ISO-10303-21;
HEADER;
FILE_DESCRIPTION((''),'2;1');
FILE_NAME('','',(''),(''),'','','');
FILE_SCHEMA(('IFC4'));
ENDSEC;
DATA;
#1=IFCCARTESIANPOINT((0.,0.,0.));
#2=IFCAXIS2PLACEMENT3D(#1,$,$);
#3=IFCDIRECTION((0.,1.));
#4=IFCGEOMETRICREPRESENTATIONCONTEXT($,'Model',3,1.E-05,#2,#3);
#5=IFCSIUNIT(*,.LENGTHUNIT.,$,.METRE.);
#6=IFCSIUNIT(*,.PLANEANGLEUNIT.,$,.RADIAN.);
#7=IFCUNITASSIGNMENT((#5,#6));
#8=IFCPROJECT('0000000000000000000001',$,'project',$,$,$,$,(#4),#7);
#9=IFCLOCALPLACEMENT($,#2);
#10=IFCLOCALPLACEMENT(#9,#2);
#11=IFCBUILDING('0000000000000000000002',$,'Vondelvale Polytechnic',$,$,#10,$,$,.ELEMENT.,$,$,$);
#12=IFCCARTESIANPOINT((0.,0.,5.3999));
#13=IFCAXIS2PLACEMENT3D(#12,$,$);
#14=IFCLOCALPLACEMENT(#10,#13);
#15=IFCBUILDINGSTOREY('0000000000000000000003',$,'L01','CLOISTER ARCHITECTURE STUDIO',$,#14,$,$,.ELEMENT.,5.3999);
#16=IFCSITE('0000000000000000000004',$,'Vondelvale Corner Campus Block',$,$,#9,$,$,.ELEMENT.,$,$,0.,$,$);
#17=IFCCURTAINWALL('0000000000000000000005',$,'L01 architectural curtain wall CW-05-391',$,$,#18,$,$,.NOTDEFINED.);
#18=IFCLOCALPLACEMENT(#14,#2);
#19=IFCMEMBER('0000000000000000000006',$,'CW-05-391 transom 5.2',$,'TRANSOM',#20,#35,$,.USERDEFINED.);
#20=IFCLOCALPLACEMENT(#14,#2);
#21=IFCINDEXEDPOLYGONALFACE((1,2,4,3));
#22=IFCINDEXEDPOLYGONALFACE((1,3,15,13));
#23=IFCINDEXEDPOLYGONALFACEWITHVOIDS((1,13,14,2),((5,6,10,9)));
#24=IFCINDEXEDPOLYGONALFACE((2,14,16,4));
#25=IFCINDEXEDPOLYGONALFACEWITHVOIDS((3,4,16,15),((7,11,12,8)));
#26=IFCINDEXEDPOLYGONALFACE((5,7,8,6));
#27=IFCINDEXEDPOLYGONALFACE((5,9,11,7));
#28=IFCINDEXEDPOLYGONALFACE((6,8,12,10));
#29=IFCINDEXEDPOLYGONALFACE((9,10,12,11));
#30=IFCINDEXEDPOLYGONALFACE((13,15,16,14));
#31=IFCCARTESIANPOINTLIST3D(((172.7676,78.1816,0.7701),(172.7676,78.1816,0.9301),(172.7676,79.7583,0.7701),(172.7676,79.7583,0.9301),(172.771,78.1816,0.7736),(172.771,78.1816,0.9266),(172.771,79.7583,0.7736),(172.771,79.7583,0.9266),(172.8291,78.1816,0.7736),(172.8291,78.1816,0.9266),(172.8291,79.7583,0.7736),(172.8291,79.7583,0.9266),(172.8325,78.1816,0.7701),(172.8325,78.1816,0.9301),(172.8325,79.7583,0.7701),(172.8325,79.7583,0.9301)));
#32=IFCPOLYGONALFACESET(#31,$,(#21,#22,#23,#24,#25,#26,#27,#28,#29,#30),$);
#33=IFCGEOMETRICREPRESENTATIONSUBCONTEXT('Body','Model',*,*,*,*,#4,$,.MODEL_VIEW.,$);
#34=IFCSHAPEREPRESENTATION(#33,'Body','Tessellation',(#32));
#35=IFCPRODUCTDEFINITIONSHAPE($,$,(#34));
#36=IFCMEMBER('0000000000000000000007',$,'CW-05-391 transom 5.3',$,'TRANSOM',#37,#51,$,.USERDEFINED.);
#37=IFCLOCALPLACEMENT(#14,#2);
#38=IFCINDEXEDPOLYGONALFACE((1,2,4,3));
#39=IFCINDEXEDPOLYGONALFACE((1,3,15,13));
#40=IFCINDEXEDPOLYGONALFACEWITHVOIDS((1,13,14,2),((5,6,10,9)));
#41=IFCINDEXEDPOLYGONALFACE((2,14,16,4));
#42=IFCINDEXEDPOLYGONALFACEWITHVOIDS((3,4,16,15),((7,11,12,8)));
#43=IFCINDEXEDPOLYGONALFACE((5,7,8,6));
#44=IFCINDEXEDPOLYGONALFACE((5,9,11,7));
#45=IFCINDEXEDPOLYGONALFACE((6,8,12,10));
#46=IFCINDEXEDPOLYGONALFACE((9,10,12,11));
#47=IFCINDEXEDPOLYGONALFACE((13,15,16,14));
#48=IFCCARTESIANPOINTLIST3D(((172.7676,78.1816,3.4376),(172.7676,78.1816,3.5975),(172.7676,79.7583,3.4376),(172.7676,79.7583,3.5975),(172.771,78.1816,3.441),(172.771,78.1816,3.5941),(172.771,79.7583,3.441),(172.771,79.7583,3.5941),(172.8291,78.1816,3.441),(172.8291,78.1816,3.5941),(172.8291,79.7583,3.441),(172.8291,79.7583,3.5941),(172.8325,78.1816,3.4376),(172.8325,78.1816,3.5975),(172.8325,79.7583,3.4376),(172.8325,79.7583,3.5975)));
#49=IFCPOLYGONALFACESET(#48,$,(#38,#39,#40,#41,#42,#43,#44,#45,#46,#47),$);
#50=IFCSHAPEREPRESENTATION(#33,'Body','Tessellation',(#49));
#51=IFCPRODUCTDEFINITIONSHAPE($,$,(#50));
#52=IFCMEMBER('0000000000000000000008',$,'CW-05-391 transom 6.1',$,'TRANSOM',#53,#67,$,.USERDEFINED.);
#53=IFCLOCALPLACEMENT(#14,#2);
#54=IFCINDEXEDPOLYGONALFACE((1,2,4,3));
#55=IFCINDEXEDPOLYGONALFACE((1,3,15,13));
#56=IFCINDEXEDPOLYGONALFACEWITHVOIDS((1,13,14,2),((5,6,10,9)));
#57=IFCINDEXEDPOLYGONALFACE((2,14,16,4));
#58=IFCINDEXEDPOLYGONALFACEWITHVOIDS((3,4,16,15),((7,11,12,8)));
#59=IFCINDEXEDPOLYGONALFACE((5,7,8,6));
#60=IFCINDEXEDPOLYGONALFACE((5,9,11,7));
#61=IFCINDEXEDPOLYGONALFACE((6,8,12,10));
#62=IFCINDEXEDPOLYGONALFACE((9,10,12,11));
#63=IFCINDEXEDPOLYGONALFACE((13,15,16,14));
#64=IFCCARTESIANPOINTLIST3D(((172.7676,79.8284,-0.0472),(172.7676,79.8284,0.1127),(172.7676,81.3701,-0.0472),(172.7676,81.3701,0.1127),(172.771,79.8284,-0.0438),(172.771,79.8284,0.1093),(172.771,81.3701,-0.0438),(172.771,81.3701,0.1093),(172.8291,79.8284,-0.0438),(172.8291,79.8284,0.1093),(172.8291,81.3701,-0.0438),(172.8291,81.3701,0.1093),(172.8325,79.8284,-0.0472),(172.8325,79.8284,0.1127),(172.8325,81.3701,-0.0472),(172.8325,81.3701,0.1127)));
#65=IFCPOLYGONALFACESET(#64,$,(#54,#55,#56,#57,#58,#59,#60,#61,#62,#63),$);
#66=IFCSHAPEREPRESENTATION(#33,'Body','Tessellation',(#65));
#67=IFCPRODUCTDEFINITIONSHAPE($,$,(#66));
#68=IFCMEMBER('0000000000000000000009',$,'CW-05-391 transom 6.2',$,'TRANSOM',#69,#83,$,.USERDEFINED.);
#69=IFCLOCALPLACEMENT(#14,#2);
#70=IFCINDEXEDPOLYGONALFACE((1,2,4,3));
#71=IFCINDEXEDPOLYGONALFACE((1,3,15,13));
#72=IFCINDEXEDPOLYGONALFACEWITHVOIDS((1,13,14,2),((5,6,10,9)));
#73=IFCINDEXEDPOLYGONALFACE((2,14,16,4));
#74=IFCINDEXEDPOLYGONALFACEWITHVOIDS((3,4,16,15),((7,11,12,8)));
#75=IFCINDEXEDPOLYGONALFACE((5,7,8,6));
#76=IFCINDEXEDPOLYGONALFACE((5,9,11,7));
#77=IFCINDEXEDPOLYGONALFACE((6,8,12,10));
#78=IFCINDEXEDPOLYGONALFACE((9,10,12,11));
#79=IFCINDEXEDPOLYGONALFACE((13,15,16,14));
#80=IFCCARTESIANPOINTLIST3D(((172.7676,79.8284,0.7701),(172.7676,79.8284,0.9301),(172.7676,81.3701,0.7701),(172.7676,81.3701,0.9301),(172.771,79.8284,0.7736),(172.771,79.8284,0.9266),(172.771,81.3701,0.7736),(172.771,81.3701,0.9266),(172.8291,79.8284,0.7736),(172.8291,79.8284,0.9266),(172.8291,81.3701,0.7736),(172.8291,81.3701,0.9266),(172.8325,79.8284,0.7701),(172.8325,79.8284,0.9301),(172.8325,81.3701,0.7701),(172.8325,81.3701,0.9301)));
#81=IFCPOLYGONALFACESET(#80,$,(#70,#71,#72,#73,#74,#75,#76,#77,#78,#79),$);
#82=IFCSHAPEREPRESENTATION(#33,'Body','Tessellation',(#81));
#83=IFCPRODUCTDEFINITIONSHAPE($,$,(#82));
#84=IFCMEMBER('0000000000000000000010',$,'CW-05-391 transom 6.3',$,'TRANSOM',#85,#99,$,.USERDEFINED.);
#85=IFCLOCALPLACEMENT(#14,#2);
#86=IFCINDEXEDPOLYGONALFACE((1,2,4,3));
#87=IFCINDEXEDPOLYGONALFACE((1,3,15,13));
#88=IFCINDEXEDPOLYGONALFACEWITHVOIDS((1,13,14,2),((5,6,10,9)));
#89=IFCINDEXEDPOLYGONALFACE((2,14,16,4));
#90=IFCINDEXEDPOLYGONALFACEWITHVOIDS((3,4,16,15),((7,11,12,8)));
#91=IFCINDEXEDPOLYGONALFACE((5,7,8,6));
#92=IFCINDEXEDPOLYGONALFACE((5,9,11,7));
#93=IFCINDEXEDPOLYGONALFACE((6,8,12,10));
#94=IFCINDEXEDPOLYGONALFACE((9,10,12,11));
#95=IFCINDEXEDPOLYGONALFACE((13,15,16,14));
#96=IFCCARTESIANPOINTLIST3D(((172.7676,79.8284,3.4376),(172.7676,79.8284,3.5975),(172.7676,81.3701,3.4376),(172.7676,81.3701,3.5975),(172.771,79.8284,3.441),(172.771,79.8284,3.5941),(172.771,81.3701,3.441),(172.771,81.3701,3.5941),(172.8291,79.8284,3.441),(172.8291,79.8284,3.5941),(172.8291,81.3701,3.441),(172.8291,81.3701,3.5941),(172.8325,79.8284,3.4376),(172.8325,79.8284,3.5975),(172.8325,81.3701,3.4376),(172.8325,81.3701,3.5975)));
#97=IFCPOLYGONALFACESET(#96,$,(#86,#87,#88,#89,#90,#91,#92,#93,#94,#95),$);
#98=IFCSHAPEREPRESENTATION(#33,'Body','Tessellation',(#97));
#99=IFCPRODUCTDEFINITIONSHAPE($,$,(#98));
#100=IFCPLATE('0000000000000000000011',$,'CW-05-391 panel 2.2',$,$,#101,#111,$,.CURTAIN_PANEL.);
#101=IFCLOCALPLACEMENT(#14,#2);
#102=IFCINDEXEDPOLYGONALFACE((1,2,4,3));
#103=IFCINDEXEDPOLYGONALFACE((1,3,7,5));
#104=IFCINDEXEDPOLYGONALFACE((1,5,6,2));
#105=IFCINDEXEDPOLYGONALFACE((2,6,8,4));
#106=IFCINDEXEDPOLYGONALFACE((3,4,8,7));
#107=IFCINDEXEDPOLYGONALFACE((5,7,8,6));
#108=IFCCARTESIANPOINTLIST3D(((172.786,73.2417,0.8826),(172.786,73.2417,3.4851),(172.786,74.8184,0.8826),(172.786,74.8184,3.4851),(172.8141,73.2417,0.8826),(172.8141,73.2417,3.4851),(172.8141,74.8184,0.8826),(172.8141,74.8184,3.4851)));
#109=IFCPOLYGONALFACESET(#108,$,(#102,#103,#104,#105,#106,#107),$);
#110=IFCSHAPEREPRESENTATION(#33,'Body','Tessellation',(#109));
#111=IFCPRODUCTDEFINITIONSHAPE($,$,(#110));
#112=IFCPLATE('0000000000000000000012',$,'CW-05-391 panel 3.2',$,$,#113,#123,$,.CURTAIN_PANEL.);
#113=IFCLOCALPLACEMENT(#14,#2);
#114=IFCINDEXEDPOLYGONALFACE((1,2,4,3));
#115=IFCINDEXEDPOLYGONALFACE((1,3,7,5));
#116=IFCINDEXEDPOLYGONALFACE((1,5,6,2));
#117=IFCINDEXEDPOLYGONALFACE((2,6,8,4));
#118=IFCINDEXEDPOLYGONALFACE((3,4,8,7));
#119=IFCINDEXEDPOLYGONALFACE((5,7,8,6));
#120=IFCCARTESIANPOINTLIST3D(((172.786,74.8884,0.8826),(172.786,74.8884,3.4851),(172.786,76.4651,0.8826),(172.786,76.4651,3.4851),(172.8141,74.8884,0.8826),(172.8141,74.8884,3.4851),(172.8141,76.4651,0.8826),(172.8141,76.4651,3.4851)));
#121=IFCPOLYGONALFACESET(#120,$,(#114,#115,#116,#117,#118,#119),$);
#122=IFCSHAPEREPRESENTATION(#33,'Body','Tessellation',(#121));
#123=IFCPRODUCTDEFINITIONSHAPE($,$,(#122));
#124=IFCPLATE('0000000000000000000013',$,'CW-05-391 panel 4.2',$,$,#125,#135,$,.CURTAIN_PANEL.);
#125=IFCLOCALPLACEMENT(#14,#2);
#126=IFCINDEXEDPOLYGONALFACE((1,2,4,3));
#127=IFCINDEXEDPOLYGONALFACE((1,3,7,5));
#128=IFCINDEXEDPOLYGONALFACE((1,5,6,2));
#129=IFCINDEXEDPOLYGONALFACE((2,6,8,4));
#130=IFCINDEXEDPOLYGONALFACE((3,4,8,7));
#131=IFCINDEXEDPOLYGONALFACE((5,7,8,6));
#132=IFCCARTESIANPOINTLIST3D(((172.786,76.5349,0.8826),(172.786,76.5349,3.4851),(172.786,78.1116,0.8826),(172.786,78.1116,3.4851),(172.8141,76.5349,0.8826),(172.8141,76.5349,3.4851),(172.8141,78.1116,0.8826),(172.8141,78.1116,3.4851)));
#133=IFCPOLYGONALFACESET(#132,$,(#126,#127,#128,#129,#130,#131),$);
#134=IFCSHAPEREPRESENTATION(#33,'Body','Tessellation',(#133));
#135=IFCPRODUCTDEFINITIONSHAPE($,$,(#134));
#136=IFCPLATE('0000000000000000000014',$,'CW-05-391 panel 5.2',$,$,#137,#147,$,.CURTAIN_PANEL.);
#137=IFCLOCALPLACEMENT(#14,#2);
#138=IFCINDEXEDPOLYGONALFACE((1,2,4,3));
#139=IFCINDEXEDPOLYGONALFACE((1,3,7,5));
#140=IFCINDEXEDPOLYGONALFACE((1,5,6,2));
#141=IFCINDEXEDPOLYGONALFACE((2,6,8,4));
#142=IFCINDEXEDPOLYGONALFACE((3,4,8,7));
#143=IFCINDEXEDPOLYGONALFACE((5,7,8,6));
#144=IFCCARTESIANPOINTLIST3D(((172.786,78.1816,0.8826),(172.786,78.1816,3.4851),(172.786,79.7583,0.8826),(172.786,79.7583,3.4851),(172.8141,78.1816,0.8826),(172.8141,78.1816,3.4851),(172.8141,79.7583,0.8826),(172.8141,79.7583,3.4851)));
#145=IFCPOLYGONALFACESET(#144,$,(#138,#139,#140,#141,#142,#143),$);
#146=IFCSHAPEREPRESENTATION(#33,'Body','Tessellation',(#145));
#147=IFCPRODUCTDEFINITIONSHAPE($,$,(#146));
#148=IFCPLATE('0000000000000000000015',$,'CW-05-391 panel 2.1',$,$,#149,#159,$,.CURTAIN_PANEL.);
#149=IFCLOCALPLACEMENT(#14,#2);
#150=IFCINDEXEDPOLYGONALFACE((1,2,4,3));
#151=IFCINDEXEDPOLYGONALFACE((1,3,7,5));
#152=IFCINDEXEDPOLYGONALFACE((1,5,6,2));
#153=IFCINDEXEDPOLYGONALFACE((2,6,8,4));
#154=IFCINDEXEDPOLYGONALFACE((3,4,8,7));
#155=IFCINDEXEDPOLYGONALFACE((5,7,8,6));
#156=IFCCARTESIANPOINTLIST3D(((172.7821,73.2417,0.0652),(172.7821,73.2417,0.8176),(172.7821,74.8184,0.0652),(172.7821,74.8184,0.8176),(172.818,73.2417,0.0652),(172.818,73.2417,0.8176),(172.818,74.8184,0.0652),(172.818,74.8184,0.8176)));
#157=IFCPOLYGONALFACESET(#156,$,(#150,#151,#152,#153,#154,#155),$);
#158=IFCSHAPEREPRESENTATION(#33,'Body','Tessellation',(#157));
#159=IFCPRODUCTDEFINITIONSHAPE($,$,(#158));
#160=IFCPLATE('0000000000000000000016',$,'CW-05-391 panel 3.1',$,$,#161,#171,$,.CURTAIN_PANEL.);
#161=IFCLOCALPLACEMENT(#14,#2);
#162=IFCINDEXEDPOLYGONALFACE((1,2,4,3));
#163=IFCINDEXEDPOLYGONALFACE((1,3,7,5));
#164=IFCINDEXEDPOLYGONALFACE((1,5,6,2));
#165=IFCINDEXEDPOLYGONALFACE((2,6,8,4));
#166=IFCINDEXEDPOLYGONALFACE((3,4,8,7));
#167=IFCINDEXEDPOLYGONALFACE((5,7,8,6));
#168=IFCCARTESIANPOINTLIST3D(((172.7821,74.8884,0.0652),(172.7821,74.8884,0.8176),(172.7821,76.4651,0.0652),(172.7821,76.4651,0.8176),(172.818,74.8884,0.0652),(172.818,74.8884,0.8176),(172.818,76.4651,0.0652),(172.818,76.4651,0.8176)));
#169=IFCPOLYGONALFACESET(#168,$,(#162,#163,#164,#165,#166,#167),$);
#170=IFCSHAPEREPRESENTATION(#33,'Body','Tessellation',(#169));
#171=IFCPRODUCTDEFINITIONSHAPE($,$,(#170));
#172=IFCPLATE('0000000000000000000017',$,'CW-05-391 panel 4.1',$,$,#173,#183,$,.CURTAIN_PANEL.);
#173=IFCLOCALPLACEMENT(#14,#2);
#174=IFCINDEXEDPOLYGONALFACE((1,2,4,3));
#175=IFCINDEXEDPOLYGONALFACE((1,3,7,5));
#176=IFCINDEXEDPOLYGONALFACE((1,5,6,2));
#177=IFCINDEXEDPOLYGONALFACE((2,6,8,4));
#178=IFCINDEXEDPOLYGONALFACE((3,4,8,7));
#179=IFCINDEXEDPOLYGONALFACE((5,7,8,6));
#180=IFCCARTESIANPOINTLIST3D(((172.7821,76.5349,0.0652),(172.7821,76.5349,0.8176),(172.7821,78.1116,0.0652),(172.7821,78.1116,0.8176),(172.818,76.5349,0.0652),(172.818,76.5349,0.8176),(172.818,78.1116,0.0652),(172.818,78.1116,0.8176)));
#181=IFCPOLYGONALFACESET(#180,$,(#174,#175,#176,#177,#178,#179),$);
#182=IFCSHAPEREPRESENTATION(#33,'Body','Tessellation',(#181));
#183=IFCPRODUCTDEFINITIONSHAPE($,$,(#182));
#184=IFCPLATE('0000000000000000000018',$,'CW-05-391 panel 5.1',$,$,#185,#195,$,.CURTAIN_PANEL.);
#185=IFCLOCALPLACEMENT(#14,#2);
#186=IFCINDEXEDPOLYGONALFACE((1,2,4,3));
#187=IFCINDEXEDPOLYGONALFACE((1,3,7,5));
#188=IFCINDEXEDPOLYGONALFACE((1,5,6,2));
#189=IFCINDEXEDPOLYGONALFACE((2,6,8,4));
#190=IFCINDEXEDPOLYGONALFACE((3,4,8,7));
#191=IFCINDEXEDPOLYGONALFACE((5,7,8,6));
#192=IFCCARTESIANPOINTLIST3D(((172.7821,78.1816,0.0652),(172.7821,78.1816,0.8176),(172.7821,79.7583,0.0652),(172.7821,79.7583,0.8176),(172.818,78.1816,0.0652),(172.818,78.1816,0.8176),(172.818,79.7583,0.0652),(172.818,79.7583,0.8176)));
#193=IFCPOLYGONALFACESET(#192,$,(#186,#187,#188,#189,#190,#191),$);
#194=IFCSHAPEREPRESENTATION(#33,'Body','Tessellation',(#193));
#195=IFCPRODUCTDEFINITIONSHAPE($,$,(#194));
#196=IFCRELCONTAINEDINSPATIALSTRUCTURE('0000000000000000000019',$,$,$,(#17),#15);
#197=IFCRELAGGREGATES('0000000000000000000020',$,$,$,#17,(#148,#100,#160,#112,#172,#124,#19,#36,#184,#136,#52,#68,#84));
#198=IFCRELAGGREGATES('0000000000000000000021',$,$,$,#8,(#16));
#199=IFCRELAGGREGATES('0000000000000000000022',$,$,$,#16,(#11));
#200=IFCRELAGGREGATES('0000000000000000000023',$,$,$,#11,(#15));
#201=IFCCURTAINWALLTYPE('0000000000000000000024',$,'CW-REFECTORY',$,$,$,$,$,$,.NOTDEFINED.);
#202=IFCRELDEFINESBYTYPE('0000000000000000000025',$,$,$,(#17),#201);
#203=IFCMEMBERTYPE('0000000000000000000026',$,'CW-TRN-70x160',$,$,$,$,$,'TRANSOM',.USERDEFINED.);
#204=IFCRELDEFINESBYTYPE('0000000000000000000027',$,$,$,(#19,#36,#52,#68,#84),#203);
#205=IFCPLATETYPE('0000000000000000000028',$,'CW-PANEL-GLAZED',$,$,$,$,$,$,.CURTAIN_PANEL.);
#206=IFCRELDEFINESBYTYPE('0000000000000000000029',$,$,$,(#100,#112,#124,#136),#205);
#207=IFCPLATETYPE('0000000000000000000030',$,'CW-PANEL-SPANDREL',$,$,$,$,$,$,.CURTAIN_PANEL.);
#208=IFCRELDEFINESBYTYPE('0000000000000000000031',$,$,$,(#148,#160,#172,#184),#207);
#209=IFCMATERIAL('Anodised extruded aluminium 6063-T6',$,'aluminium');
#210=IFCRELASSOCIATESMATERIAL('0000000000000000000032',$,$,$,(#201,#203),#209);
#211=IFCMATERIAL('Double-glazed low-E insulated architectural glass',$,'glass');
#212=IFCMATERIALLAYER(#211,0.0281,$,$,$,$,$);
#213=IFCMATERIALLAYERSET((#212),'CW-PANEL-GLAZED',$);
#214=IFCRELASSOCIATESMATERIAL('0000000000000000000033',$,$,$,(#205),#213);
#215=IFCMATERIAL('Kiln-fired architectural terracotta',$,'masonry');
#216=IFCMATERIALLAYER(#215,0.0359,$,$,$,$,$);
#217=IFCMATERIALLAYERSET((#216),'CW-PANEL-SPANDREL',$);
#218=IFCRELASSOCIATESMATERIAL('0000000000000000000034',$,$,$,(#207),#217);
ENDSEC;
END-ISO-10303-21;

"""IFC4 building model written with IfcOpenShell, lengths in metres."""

from ifc_helpers import new_model, si_unit, direction, frame, origin, origin_2d, place, context, subcontext, project, spatial, rectangle, hollow_rectangle, extrude, material, layer, layer_set, material_profile, profile_set, type_object, element, aggregate, save


model = new_model("IFC4")

# Units and contexts
model_context = context("Model", 3, precision=1e-05, world=origin(), true_north=direction((0.0, 1.0)))
body_context = subcontext(model_context, "Body", "Model", "MODEL_VIEW")
ifc_project = project(units=[si_unit("LENGTHUNIT", "METRE"), si_unit("PLANEANGLEUNIT", "RADIAN")], contexts=[model_context])

# Site, building, storey
site_placement = place(None, origin())
site = spatial("IfcSite", under=ifc_project, at=site_placement, Name="Vondelvale Corner Campus Block", CompositionType="ELEMENT", RefElevation=0.0)
building_placement = place(site_placement, origin())
building = spatial("IfcBuilding", under=site, at=building_placement, Name="Vondelvale Polytechnic", CompositionType="ELEMENT")
storey_placement = place(building_placement, frame((0.0, 0.0, 5.3999)))
storey = spatial("IfcBuildingStorey", under=building, at=storey_placement, Name="L01", Description="CLOISTER ARCHITECTURE STUDIO", CompositionType="ELEMENT", Elevation=5.3999)

# Curtain wall, members, plates
ifc_material_1 = material(Name="Anodised extruded aluminium 6063-T6", Category="aluminium")
curtain_wall_type = type_object("IfcCurtainWallType", Name="CW-REFECTORY", PredefinedType="NOTDEFINED", material=ifc_material_1)
curtain_wall_placement = place(storey_placement, origin())
curtain_wall = element("IfcCurtainWall", 1, at=curtain_wall_placement, inside=storey, type_object=curtain_wall_type, Name="L01 architectural curtain wall CW-05-391", PredefinedType="NOTDEFINED")
ifc_material_profile_1 = material_profile(ifc_material_1, hollow_rectangle(XDim=0.0649, YDim=0.1599, WallThickness=0.0034, at=origin_2d()), Name="CW-TRN-160x65")
ifc_profile_set_1 = profile_set([ifc_material_profile_1], Name="Anodised extruded aluminium 6063-T6")
member_type_1 = type_object("IfcMemberType", Name="CW-TRN-70x160", ElementType="TRANSOM", PredefinedType="USERDEFINED", material=ifc_profile_set_1)
member_1_placement = place(storey_placement, frame((172.8, 78.1816, 0.8501), z_axis=(0.0, 1.0, 0.0), x_axis=(-1.0, 0.0, 0.0)))
member_1 = element("IfcMember", 2, at=member_1_placement, type_object=member_type_1, Name="CW-05-391 transom 5.2", ObjectType="TRANSOM", PredefinedType="USERDEFINED", context=body_context, shape_type="SweptSolid", body=[
    extrude(hollow_rectangle(XDim=0.0649, YDim=0.1599, WallThickness=0.0034, at=origin_2d()), origin(), (0.0, 0.0, 1.0), 1.5767),
])
member_2_placement = place(storey_placement, frame((172.8, 78.1816, 3.5176), z_axis=(0.0, 1.0, 0.0), x_axis=(-1.0, 0.0, 0.0)))
member_2 = element("IfcMember", 3, at=member_2_placement, type_object=member_type_1, Name="CW-05-391 transom 5.3", ObjectType="TRANSOM", PredefinedType="USERDEFINED", context=body_context, shape_type="SweptSolid", body=[
    extrude(hollow_rectangle(XDim=0.0649, YDim=0.1599, WallThickness=0.0034, at=origin_2d()), origin(), (0.0, 0.0, 1.0), 1.5767),
])
member_3_placement = place(storey_placement, frame((172.8, 79.8284, 0.0327), z_axis=(0.0, 1.0, 0.0), x_axis=(-1.0, 0.0, 0.0)))
member_3 = element("IfcMember", 4, at=member_3_placement, type_object=member_type_1, Name="CW-05-391 transom 6.1", ObjectType="TRANSOM", PredefinedType="USERDEFINED", context=body_context, shape_type="SweptSolid", body=[
    extrude(hollow_rectangle(XDim=0.0649, YDim=0.1599, WallThickness=0.0034, at=origin_2d()), origin(), (0.0, 0.0, 1.0), 1.5417),
])
member_4_placement = place(storey_placement, frame((172.8, 79.8284, 0.8501), z_axis=(0.0, 1.0, 0.0), x_axis=(-1.0, 0.0, 0.0)))
member_4 = element("IfcMember", 5, at=member_4_placement, type_object=member_type_1, Name="CW-05-391 transom 6.2", ObjectType="TRANSOM", PredefinedType="USERDEFINED", context=body_context, shape_type="SweptSolid", body=[
    extrude(hollow_rectangle(XDim=0.0649, YDim=0.1599, WallThickness=0.0034, at=origin_2d()), origin(), (0.0, 0.0, 1.0), 1.5417),
])
member_5_placement = place(storey_placement, frame((172.8, 79.8284, 3.5176), z_axis=(0.0, 1.0, 0.0), x_axis=(-1.0, 0.0, 0.0)))
member_5 = element("IfcMember", 6, at=member_5_placement, type_object=member_type_1, Name="CW-05-391 transom 6.3", ObjectType="TRANSOM", PredefinedType="USERDEFINED", context=body_context, shape_type="SweptSolid", body=[
    extrude(hollow_rectangle(XDim=0.0649, YDim=0.1599, WallThickness=0.0034, at=origin_2d()), origin(), (0.0, 0.0, 1.0), 1.5417),
])
ifc_material_2 = material(Name="Double-glazed low-E insulated architectural glass", Category="glass")
ifc_layer_1 = layer(ifc_material_2, 0.0281)
ifc_layer_set_1 = layer_set([ifc_layer_1], Name="CW-PANEL-GLAZED")
plate_type_1 = type_object("IfcPlateType", Name="CW-PANEL-GLAZED", PredefinedType="CURTAIN_PANEL", material=ifc_layer_set_1)
plate_1_placement = place(storey_placement, frame((172.8, 74.03, 0.8826), z_axis=(0.0, 0.0, 1.0), x_axis=(0.0, 1.0, 0.0)))
plate_1 = element("IfcPlate", 7, at=plate_1_placement, type_object=plate_type_1, Name="CW-05-391 panel 2.2", PredefinedType="CURTAIN_PANEL", context=body_context, shape_type="SweptSolid", body=[
    extrude(rectangle(XDim=1.5767, YDim=0.0281, at=origin_2d()), origin(), (0.0, 0.0, 1.0), 2.6025),
])
plate_2_placement = place(storey_placement, frame((172.8, 75.6768, 0.8826), z_axis=(0.0, 0.0, 1.0), x_axis=(0.0, 1.0, 0.0)))
plate_2 = element("IfcPlate", 8, at=plate_2_placement, type_object=plate_type_1, Name="CW-05-391 panel 3.2", PredefinedType="CURTAIN_PANEL", context=body_context, shape_type="SweptSolid", body=[
    extrude(rectangle(XDim=1.5767, YDim=0.0281, at=origin_2d()), origin(), (0.0, 0.0, 1.0), 2.6025),
])
plate_3_placement = place(storey_placement, frame((172.8, 77.3232, 0.8826), z_axis=(0.0, 0.0, 1.0), x_axis=(0.0, 1.0, 0.0)))
plate_3 = element("IfcPlate", 9, at=plate_3_placement, type_object=plate_type_1, Name="CW-05-391 panel 4.2", PredefinedType="CURTAIN_PANEL", context=body_context, shape_type="SweptSolid", body=[
    extrude(rectangle(XDim=1.5767, YDim=0.0281, at=origin_2d()), origin(), (0.0, 0.0, 1.0), 2.6025),
])
plate_4_placement = place(storey_placement, frame((172.8, 78.97, 0.8826), z_axis=(0.0, 0.0, 1.0), x_axis=(0.0, 1.0, 0.0)))
plate_4 = element("IfcPlate", 10, at=plate_4_placement, type_object=plate_type_1, Name="CW-05-391 panel 5.2", PredefinedType="CURTAIN_PANEL", context=body_context, shape_type="SweptSolid", body=[
    extrude(rectangle(XDim=1.5767, YDim=0.0281, at=origin_2d()), origin(), (0.0, 0.0, 1.0), 2.6025),
])
ifc_material_3 = material(Name="Kiln-fired architectural terracotta", Category="masonry")
ifc_layer_2 = layer(ifc_material_3, 0.0359)
ifc_layer_set_2 = layer_set([ifc_layer_2], Name="CW-PANEL-SPANDREL")
plate_type_2 = type_object("IfcPlateType", Name="CW-PANEL-SPANDREL", PredefinedType="CURTAIN_PANEL", material=ifc_layer_set_2)
plate_5_placement = place(storey_placement, frame((172.8, 74.03, 0.0652), z_axis=(0.0, 0.0, 1.0), x_axis=(0.0, 1.0, 0.0)))
plate_5 = element("IfcPlate", 11, at=plate_5_placement, type_object=plate_type_2, Name="CW-05-391 panel 2.1", PredefinedType="CURTAIN_PANEL", context=body_context, shape_type="SweptSolid", body=[
    extrude(rectangle(XDim=1.5767, YDim=0.0359, at=origin_2d()), origin(), (0.0, 0.0, 1.0), 0.7524),
])
plate_6_placement = place(storey_placement, frame((172.8, 75.6768, 0.0652), z_axis=(0.0, 0.0, 1.0), x_axis=(0.0, 1.0, 0.0)))
plate_6 = element("IfcPlate", 12, at=plate_6_placement, type_object=plate_type_2, Name="CW-05-391 panel 3.1", PredefinedType="CURTAIN_PANEL", context=body_context, shape_type="SweptSolid", body=[
    extrude(rectangle(XDim=1.5767, YDim=0.0359, at=origin_2d()), origin(), (0.0, 0.0, 1.0), 0.7524),
])
plate_7_placement = place(storey_placement, frame((172.8, 77.3232, 0.0652), z_axis=(0.0, 0.0, 1.0), x_axis=(0.0, 1.0, 0.0)))
plate_7 = element("IfcPlate", 13, at=plate_7_placement, type_object=plate_type_2, Name="CW-05-391 panel 4.1", PredefinedType="CURTAIN_PANEL", context=body_context, shape_type="SweptSolid", body=[
    extrude(rectangle(XDim=1.5767, YDim=0.0359, at=origin_2d()), origin(), (0.0, 0.0, 1.0), 0.7524),
])
plate_8_placement = place(storey_placement, frame((172.8, 78.97, 0.0652), z_axis=(0.0, 0.0, 1.0), x_axis=(0.0, 1.0, 0.0)))
plate_8 = element("IfcPlate", 14, at=plate_8_placement, type_object=plate_type_2, Name="CW-05-391 panel 5.1", PredefinedType="CURTAIN_PANEL", context=body_context, shape_type="SweptSolid", body=[
    extrude(rectangle(XDim=1.5767, YDim=0.0359, at=origin_2d()), origin(), (0.0, 0.0, 1.0), 0.7524),
])
aggregate(curtain_wall, [plate_5, plate_1, plate_6, plate_2, plate_7, plate_3, member_1, member_2, plate_8, plate_4, member_3, member_4, member_5])

save(model, "model.ifc")
